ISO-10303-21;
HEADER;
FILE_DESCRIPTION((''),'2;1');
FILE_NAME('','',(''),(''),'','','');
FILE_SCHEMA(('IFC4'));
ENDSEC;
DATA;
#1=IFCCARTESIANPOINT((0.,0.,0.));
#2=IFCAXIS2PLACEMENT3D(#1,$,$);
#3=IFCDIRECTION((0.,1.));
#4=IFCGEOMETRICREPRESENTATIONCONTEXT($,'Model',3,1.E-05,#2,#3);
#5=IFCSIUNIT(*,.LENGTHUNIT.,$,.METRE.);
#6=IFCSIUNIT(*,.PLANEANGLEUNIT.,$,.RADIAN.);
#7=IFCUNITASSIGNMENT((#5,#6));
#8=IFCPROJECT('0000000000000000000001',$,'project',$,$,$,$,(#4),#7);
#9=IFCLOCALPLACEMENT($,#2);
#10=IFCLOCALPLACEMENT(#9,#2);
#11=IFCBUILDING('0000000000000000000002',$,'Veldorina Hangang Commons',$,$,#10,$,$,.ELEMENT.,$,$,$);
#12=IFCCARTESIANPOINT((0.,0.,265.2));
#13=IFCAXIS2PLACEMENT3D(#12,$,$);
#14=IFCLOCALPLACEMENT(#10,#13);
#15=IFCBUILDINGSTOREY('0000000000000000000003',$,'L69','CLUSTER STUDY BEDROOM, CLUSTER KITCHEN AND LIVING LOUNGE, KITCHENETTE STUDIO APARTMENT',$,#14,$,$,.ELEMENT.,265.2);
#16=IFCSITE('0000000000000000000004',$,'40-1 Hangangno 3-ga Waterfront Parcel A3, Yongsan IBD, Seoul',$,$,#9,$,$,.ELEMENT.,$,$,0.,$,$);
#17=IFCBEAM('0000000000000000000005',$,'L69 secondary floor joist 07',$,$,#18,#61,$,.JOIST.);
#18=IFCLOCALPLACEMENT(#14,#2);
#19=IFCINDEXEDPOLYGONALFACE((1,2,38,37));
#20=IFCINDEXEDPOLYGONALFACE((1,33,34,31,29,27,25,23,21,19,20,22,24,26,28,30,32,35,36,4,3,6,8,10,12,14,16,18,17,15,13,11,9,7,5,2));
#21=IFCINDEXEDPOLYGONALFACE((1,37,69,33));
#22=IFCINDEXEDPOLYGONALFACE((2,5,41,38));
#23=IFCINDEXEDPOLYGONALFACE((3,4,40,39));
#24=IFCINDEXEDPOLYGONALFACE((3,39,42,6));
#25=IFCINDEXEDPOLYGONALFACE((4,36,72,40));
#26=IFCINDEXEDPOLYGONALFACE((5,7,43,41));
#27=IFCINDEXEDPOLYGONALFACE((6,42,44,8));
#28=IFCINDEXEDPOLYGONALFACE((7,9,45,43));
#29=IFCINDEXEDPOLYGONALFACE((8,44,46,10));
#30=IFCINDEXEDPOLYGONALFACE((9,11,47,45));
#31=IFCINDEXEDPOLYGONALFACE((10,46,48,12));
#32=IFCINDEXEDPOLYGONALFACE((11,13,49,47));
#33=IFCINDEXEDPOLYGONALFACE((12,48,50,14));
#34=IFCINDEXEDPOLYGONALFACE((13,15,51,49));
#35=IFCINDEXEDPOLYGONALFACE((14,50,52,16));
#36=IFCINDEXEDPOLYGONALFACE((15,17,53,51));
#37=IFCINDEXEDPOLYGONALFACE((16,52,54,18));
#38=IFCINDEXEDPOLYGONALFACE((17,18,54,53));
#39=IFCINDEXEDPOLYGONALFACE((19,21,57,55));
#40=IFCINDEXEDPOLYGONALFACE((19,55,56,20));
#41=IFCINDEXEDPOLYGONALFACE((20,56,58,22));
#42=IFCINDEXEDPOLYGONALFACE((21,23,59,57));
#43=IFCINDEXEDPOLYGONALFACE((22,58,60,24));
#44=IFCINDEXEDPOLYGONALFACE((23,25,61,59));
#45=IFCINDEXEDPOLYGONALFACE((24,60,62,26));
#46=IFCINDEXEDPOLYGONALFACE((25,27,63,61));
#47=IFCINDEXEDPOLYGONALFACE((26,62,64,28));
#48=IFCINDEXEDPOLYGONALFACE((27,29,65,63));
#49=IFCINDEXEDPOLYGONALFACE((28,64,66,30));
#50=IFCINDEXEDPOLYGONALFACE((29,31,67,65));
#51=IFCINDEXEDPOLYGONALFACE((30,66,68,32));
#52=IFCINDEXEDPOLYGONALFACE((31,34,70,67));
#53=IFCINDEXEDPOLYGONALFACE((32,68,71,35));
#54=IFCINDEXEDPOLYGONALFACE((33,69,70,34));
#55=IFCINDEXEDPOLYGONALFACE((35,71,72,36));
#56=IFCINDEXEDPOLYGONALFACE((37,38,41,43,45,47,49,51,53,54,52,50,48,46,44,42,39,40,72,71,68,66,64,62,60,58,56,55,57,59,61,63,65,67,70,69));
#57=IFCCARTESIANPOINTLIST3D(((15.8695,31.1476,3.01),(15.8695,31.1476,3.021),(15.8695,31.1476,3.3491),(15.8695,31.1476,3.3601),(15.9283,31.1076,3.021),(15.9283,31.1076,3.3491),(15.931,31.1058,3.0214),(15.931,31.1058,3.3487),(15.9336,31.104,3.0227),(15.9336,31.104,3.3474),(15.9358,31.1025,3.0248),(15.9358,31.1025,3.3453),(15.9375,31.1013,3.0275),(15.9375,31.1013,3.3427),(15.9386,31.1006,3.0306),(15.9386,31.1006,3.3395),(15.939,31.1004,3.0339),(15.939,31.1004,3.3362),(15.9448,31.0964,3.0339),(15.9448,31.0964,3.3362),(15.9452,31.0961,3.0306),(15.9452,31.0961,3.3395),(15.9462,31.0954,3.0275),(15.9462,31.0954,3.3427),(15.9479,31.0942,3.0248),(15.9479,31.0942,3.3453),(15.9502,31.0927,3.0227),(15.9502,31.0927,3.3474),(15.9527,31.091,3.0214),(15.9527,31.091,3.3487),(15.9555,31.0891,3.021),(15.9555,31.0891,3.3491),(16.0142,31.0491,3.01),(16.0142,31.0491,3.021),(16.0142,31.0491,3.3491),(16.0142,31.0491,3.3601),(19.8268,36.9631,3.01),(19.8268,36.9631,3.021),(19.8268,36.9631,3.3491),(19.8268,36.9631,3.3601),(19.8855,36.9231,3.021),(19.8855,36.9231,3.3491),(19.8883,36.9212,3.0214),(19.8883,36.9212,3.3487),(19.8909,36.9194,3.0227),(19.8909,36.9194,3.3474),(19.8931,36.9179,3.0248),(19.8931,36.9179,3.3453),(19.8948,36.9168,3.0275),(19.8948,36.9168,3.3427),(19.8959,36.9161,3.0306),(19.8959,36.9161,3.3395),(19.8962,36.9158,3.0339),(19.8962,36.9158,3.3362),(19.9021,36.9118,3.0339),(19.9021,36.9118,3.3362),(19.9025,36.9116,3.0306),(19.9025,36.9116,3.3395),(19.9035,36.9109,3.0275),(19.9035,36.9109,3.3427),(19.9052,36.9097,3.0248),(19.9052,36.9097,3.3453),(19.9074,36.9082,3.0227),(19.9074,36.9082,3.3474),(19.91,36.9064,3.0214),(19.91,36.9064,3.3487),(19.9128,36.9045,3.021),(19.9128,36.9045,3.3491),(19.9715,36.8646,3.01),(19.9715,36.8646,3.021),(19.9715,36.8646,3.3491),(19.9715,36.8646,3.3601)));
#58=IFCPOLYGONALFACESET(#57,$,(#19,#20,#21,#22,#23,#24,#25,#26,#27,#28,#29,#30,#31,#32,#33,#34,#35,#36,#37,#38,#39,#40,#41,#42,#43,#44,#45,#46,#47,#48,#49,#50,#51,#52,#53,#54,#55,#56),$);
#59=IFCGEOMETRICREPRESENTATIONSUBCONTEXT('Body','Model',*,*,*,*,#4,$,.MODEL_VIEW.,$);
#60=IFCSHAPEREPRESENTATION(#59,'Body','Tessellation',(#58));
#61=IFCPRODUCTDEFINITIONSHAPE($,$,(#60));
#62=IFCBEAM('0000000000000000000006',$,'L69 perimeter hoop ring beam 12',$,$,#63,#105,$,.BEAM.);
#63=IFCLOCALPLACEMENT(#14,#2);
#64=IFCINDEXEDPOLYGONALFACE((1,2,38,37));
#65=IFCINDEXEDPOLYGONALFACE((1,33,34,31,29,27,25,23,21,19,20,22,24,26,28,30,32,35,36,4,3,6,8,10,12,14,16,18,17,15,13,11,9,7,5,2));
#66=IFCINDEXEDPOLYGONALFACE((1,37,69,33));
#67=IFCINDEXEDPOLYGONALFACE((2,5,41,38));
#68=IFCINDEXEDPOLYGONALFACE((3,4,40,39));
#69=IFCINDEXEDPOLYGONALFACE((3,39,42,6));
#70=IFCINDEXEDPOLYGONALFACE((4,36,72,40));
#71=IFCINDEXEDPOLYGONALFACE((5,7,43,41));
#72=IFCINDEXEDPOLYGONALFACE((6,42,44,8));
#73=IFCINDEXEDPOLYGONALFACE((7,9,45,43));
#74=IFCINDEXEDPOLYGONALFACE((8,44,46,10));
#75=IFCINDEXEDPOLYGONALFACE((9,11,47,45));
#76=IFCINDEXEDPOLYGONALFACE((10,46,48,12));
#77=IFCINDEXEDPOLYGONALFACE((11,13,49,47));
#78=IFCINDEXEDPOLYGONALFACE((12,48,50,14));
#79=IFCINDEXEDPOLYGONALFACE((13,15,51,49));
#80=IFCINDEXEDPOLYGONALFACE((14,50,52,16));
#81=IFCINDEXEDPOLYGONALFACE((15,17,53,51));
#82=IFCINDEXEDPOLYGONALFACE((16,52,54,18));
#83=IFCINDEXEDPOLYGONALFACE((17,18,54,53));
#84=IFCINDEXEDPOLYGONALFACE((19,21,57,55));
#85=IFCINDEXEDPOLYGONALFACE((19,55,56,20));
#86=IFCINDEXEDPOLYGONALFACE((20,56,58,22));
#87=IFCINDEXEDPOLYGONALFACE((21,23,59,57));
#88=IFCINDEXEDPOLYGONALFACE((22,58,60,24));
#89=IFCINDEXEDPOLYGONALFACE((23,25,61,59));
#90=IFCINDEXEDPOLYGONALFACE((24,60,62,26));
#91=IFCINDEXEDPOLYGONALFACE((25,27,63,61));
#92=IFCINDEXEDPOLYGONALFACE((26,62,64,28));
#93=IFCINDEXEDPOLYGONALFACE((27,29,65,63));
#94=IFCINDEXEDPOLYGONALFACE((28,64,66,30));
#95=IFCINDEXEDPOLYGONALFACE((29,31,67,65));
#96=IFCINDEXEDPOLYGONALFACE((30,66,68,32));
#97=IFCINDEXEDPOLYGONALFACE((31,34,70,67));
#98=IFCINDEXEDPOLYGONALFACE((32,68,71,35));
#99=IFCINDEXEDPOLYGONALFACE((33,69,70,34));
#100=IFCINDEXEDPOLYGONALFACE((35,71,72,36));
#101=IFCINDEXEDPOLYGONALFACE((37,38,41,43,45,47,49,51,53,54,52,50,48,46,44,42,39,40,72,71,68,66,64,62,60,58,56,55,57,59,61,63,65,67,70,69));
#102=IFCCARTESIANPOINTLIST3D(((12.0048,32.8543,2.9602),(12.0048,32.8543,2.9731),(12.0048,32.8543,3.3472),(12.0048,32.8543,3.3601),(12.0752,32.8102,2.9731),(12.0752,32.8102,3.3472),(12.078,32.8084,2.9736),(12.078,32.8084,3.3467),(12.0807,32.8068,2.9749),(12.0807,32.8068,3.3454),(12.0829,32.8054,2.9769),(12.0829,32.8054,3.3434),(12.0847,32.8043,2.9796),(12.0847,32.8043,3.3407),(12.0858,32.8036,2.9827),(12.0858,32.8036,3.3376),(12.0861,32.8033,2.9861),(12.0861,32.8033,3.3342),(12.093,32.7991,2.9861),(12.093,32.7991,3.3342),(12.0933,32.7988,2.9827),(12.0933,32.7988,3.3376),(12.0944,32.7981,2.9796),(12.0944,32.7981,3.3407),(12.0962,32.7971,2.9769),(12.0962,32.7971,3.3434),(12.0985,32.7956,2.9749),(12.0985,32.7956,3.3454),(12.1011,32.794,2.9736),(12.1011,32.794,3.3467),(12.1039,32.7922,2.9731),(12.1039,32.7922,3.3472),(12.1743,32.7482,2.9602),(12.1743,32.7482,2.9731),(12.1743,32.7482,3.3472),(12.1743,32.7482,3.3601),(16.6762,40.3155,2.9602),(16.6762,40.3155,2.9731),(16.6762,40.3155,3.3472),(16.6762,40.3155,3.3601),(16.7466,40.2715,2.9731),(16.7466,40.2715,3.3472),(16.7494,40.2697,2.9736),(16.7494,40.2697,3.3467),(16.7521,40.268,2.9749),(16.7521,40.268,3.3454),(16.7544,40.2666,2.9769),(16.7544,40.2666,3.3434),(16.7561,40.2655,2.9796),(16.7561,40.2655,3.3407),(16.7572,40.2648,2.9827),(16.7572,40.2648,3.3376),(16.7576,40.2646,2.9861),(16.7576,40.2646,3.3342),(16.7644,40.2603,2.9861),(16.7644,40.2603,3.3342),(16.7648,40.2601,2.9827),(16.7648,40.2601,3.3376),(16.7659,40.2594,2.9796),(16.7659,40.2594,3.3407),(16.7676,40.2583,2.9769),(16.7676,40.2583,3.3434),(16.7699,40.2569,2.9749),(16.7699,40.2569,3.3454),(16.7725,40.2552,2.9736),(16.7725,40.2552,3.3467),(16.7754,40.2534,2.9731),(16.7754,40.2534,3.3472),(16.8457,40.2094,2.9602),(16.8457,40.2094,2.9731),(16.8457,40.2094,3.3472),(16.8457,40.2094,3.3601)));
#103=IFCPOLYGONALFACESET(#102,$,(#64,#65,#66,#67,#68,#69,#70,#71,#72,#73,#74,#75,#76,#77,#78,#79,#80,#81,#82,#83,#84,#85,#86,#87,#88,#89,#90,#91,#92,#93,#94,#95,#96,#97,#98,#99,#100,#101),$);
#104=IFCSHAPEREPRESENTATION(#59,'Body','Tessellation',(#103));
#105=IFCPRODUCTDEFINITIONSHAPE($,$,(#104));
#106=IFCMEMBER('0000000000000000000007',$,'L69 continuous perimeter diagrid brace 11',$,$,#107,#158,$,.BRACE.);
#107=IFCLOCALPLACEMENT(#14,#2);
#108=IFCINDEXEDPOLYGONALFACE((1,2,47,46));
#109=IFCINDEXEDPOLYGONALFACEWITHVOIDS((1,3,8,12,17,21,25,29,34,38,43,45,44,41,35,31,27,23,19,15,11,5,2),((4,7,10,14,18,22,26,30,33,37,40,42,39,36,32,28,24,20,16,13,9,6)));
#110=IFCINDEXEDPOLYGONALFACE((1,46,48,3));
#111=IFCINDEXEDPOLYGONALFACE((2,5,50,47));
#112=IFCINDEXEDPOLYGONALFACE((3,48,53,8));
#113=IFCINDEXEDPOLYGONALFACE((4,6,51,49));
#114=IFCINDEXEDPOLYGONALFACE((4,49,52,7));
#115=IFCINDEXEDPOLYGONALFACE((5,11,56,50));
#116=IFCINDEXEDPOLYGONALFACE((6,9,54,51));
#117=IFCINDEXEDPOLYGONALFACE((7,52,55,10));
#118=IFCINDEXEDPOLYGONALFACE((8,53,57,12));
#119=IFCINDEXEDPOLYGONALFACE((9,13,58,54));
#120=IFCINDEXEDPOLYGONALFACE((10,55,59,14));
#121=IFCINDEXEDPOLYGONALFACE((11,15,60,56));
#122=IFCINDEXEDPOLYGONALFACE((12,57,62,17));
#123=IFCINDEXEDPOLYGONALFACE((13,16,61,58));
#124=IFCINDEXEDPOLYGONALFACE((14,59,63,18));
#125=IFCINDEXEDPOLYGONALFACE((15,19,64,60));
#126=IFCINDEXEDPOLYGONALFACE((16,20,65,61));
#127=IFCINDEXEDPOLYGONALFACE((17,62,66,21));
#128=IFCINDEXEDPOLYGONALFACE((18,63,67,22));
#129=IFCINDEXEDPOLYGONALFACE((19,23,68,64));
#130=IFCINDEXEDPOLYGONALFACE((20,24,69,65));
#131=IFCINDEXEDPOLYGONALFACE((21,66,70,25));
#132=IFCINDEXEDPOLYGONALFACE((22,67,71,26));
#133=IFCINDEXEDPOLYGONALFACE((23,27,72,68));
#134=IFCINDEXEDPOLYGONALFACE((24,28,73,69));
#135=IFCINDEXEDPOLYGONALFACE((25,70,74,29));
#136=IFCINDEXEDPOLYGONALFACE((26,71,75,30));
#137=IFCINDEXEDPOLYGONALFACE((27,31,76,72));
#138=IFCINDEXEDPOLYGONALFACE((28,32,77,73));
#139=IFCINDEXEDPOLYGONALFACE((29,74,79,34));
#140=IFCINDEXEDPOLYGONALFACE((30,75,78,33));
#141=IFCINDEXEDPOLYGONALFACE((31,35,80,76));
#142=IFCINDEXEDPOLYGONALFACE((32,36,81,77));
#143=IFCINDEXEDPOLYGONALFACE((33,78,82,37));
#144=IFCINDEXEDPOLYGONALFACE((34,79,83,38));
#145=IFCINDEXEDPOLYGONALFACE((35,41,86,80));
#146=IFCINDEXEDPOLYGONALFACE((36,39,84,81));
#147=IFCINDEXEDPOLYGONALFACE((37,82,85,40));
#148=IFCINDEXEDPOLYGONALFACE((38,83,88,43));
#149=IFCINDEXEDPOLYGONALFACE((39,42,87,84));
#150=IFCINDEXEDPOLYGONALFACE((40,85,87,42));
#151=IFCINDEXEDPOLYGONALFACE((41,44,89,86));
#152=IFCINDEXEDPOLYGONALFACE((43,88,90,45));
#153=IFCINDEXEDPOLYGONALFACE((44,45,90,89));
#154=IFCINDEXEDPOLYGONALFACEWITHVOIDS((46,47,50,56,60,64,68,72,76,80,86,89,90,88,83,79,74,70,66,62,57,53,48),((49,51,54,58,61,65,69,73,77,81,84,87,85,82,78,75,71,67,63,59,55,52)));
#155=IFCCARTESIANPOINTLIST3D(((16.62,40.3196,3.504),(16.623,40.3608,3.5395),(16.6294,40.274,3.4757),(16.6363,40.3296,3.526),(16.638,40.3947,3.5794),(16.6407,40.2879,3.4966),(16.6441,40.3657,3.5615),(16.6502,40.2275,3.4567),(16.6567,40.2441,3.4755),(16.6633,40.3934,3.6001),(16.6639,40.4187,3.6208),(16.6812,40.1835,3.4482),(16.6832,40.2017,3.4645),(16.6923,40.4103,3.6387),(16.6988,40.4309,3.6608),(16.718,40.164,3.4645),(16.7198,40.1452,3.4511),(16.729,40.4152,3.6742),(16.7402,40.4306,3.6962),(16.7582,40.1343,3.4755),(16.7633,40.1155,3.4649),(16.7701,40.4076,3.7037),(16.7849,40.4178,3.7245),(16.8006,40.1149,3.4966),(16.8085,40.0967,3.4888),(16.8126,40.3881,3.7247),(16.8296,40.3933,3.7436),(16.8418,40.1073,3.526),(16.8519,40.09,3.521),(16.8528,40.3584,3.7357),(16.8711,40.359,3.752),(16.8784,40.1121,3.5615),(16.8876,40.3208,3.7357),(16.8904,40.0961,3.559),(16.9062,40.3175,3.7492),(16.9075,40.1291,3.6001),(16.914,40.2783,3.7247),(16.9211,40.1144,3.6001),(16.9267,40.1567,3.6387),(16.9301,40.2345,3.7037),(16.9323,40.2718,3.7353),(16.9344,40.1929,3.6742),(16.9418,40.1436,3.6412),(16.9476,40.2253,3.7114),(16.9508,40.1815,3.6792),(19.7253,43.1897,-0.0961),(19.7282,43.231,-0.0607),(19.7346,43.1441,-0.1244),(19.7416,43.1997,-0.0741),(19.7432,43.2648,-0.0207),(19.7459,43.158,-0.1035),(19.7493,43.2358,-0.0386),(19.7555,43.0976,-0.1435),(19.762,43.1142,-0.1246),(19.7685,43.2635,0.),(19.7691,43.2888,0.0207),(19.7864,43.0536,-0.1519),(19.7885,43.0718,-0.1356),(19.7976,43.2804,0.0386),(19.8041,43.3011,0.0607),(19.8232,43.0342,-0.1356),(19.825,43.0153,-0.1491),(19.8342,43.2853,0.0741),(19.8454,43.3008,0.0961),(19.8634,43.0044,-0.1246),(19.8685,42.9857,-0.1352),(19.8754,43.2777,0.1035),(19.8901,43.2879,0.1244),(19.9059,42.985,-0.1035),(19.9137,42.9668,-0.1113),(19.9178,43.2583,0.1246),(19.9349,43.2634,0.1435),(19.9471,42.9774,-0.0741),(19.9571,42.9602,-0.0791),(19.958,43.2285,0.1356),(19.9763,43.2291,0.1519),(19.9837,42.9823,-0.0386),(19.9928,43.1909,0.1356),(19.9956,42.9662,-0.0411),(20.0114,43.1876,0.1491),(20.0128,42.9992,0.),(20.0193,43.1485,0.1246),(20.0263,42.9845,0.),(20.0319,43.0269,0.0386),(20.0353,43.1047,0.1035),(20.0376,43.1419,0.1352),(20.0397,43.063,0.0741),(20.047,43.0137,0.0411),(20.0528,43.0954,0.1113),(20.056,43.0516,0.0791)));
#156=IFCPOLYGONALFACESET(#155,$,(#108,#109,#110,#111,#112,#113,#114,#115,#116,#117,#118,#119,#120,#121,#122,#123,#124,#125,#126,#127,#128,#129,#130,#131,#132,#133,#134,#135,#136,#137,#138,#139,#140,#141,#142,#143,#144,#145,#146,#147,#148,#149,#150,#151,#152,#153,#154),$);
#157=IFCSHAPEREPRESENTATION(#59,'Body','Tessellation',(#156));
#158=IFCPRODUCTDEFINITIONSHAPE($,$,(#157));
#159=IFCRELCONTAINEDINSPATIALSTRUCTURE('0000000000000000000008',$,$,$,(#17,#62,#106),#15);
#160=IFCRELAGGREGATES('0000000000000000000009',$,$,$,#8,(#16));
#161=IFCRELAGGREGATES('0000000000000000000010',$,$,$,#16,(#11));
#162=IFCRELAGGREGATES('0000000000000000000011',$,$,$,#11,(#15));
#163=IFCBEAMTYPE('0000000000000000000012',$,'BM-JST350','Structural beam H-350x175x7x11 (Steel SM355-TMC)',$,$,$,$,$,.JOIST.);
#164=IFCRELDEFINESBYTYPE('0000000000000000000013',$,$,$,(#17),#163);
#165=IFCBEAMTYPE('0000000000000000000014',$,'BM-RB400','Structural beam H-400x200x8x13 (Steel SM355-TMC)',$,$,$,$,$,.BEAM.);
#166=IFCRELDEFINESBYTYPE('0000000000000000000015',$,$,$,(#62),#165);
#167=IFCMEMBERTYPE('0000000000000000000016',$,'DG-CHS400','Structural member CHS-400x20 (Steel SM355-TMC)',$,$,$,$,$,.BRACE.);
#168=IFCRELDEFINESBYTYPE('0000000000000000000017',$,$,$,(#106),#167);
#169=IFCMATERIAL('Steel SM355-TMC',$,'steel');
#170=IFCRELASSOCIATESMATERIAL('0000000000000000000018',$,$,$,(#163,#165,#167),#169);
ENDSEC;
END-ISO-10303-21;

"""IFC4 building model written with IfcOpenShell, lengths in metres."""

from ifc_helpers import new_model, si_unit, direction, frame, origin, origin_2d, place, context, subcontext, project, spatial, hollow_circle, i_section, extrude, material, material_profile, profile_set, type_object, element, save


model = new_model("IFC4")

# Units and contexts
model_context = context("Model", 3, precision=1e-05, world=origin(), true_north=direction((0.0, 1.0)))
body_context = subcontext(model_context, "Body", "Model", "MODEL_VIEW")
ifc_project = project(units=[si_unit("LENGTHUNIT", "METRE"), si_unit("PLANEANGLEUNIT", "RADIAN")], contexts=[model_context])

# Site, building, storey
site_placement = place(None, origin())
site = spatial("IfcSite", under=ifc_project, at=site_placement, Name="40-1 Hangangno 3-ga Waterfront Parcel A3, Yongsan IBD, Seoul", CompositionType="ELEMENT", RefElevation=0.0)
building_placement = place(site_placement, origin())
building = spatial("IfcBuilding", under=site, at=building_placement, Name="Veldorina Hangang Commons", CompositionType="ELEMENT")
storey_placement = place(building_placement, frame((0.0, 0.0, 265.2)))
storey = spatial("IfcBuildingStorey", under=building, at=storey_placement, Name="L69", Description="CLUSTER STUDY BEDROOM, CLUSTER KITCHEN AND LIVING LOUNGE, KITCHENETTE STUDIO APARTMENT", CompositionType="ELEMENT", Elevation=265.2)

# Beams
ifc_material_1 = material(Name="Steel SM355-TMC", Category="steel")
ifc_material_profile_1 = material_profile(ifc_material_1, i_section(OverallWidth=0.175, OverallDepth=0.3501, WebThickness=0.0071, FlangeThickness=0.011, FilletRadius=0.0129, at=origin_2d()), Name="H-350x175x7x11")
ifc_profile_set_1 = profile_set([ifc_material_profile_1], Name="Steel SM355-TMC")
beam_type_1 = type_object("IfcBeamType", Name="BM-JST350", Description="Structural beam H-350x175x7x11 (Steel SM355-TMC)", PredefinedType="JOIST", material=ifc_profile_set_1)
beam_1_placement = place(storey_placement, frame((19.8992, 36.9138, 3.1851), z_axis=(-0.562581, -0.826742, 0.0), x_axis=(0.826742, -0.562581, 0.0)))
element("IfcBeam", 1, at=beam_1_placement, inside=storey, type_object=beam_type_1, Name="L69 secondary floor joist 07", PredefinedType="JOIST", context=body_context, shape_type="SweptSolid", body=[
    extrude(i_section(OverallWidth=0.175, OverallDepth=0.3501, WebThickness=0.0071, FlangeThickness=0.011, FilletRadius=0.0129, at=origin_2d()), origin(), (0.0, 0.0, 1.0), 7.0342),
])
ifc_material_profile_2 = material_profile(ifc_material_1, i_section(OverallWidth=0.2, OverallDepth=0.3999, WebThickness=0.0081, FlangeThickness=0.0129, FilletRadius=0.0129, at=origin_2d()), Name="H-400x200x8x13")
ifc_profile_set_2 = profile_set([ifc_material_profile_2], Name="Steel SM355-TMC")
beam_type_2 = type_object("IfcBeamType", Name="BM-RB400", Description="Structural beam H-400x200x8x13 (Steel SM355-TMC)", PredefinedType="BEAM", material=ifc_profile_set_2)
beam_2_placement = place(storey_placement, frame((16.761, 40.2625, 3.1602), z_axis=(-0.530664, -0.847582, 0.0), x_axis=(0.847582, -0.530664, 0.0)))
element("IfcBeam", 2, at=beam_2_placement, inside=storey, type_object=beam_type_2, Name="L69 perimeter hoop ring beam 12", PredefinedType="BEAM", context=body_context, shape_type="SweptSolid", body=[
    extrude(i_section(OverallWidth=0.2, OverallDepth=0.3999, WebThickness=0.0081, FlangeThickness=0.0129, FilletRadius=0.0129, at=origin_2d()), origin(), (0.0, 0.0, 1.0), 8.803),
])

# Member
ifc_material_profile_3 = material_profile(ifc_material_1, hollow_circle(Radius=0.2, WallThickness=0.02, at=origin_2d()), Name="CHS-400x20")
ifc_profile_set_3 = profile_set([ifc_material_profile_3], Name="Steel SM355-TMC")
member_type_1 = type_object("IfcMemberType", Name="DG-CHS400", Description="Structural member CHS-400x20 (Steel SM355-TMC)", PredefinedType="BRACE", material=ifc_profile_set_3)
member_1_placement = place(storey_placement, frame((19.8906, 43.1313, 0.0), z_axis=(-0.559153, -0.516818, 0.648264), x_axis=(0.67876, -0.734361, 0.0)))
element("IfcMember", 3, at=member_1_placement, inside=storey, type_object=member_type_1, Name="L69 continuous perimeter diagrid brace 11", PredefinedType="BRACE", context=body_context, shape_type="SweptSolid", body=[
    extrude(hollow_circle(Radius=0.2, WallThickness=0.02, at=origin_2d()), origin(), (0.0, 0.0, 1.0), 5.5535),
])

save(model, "model.ifc")
